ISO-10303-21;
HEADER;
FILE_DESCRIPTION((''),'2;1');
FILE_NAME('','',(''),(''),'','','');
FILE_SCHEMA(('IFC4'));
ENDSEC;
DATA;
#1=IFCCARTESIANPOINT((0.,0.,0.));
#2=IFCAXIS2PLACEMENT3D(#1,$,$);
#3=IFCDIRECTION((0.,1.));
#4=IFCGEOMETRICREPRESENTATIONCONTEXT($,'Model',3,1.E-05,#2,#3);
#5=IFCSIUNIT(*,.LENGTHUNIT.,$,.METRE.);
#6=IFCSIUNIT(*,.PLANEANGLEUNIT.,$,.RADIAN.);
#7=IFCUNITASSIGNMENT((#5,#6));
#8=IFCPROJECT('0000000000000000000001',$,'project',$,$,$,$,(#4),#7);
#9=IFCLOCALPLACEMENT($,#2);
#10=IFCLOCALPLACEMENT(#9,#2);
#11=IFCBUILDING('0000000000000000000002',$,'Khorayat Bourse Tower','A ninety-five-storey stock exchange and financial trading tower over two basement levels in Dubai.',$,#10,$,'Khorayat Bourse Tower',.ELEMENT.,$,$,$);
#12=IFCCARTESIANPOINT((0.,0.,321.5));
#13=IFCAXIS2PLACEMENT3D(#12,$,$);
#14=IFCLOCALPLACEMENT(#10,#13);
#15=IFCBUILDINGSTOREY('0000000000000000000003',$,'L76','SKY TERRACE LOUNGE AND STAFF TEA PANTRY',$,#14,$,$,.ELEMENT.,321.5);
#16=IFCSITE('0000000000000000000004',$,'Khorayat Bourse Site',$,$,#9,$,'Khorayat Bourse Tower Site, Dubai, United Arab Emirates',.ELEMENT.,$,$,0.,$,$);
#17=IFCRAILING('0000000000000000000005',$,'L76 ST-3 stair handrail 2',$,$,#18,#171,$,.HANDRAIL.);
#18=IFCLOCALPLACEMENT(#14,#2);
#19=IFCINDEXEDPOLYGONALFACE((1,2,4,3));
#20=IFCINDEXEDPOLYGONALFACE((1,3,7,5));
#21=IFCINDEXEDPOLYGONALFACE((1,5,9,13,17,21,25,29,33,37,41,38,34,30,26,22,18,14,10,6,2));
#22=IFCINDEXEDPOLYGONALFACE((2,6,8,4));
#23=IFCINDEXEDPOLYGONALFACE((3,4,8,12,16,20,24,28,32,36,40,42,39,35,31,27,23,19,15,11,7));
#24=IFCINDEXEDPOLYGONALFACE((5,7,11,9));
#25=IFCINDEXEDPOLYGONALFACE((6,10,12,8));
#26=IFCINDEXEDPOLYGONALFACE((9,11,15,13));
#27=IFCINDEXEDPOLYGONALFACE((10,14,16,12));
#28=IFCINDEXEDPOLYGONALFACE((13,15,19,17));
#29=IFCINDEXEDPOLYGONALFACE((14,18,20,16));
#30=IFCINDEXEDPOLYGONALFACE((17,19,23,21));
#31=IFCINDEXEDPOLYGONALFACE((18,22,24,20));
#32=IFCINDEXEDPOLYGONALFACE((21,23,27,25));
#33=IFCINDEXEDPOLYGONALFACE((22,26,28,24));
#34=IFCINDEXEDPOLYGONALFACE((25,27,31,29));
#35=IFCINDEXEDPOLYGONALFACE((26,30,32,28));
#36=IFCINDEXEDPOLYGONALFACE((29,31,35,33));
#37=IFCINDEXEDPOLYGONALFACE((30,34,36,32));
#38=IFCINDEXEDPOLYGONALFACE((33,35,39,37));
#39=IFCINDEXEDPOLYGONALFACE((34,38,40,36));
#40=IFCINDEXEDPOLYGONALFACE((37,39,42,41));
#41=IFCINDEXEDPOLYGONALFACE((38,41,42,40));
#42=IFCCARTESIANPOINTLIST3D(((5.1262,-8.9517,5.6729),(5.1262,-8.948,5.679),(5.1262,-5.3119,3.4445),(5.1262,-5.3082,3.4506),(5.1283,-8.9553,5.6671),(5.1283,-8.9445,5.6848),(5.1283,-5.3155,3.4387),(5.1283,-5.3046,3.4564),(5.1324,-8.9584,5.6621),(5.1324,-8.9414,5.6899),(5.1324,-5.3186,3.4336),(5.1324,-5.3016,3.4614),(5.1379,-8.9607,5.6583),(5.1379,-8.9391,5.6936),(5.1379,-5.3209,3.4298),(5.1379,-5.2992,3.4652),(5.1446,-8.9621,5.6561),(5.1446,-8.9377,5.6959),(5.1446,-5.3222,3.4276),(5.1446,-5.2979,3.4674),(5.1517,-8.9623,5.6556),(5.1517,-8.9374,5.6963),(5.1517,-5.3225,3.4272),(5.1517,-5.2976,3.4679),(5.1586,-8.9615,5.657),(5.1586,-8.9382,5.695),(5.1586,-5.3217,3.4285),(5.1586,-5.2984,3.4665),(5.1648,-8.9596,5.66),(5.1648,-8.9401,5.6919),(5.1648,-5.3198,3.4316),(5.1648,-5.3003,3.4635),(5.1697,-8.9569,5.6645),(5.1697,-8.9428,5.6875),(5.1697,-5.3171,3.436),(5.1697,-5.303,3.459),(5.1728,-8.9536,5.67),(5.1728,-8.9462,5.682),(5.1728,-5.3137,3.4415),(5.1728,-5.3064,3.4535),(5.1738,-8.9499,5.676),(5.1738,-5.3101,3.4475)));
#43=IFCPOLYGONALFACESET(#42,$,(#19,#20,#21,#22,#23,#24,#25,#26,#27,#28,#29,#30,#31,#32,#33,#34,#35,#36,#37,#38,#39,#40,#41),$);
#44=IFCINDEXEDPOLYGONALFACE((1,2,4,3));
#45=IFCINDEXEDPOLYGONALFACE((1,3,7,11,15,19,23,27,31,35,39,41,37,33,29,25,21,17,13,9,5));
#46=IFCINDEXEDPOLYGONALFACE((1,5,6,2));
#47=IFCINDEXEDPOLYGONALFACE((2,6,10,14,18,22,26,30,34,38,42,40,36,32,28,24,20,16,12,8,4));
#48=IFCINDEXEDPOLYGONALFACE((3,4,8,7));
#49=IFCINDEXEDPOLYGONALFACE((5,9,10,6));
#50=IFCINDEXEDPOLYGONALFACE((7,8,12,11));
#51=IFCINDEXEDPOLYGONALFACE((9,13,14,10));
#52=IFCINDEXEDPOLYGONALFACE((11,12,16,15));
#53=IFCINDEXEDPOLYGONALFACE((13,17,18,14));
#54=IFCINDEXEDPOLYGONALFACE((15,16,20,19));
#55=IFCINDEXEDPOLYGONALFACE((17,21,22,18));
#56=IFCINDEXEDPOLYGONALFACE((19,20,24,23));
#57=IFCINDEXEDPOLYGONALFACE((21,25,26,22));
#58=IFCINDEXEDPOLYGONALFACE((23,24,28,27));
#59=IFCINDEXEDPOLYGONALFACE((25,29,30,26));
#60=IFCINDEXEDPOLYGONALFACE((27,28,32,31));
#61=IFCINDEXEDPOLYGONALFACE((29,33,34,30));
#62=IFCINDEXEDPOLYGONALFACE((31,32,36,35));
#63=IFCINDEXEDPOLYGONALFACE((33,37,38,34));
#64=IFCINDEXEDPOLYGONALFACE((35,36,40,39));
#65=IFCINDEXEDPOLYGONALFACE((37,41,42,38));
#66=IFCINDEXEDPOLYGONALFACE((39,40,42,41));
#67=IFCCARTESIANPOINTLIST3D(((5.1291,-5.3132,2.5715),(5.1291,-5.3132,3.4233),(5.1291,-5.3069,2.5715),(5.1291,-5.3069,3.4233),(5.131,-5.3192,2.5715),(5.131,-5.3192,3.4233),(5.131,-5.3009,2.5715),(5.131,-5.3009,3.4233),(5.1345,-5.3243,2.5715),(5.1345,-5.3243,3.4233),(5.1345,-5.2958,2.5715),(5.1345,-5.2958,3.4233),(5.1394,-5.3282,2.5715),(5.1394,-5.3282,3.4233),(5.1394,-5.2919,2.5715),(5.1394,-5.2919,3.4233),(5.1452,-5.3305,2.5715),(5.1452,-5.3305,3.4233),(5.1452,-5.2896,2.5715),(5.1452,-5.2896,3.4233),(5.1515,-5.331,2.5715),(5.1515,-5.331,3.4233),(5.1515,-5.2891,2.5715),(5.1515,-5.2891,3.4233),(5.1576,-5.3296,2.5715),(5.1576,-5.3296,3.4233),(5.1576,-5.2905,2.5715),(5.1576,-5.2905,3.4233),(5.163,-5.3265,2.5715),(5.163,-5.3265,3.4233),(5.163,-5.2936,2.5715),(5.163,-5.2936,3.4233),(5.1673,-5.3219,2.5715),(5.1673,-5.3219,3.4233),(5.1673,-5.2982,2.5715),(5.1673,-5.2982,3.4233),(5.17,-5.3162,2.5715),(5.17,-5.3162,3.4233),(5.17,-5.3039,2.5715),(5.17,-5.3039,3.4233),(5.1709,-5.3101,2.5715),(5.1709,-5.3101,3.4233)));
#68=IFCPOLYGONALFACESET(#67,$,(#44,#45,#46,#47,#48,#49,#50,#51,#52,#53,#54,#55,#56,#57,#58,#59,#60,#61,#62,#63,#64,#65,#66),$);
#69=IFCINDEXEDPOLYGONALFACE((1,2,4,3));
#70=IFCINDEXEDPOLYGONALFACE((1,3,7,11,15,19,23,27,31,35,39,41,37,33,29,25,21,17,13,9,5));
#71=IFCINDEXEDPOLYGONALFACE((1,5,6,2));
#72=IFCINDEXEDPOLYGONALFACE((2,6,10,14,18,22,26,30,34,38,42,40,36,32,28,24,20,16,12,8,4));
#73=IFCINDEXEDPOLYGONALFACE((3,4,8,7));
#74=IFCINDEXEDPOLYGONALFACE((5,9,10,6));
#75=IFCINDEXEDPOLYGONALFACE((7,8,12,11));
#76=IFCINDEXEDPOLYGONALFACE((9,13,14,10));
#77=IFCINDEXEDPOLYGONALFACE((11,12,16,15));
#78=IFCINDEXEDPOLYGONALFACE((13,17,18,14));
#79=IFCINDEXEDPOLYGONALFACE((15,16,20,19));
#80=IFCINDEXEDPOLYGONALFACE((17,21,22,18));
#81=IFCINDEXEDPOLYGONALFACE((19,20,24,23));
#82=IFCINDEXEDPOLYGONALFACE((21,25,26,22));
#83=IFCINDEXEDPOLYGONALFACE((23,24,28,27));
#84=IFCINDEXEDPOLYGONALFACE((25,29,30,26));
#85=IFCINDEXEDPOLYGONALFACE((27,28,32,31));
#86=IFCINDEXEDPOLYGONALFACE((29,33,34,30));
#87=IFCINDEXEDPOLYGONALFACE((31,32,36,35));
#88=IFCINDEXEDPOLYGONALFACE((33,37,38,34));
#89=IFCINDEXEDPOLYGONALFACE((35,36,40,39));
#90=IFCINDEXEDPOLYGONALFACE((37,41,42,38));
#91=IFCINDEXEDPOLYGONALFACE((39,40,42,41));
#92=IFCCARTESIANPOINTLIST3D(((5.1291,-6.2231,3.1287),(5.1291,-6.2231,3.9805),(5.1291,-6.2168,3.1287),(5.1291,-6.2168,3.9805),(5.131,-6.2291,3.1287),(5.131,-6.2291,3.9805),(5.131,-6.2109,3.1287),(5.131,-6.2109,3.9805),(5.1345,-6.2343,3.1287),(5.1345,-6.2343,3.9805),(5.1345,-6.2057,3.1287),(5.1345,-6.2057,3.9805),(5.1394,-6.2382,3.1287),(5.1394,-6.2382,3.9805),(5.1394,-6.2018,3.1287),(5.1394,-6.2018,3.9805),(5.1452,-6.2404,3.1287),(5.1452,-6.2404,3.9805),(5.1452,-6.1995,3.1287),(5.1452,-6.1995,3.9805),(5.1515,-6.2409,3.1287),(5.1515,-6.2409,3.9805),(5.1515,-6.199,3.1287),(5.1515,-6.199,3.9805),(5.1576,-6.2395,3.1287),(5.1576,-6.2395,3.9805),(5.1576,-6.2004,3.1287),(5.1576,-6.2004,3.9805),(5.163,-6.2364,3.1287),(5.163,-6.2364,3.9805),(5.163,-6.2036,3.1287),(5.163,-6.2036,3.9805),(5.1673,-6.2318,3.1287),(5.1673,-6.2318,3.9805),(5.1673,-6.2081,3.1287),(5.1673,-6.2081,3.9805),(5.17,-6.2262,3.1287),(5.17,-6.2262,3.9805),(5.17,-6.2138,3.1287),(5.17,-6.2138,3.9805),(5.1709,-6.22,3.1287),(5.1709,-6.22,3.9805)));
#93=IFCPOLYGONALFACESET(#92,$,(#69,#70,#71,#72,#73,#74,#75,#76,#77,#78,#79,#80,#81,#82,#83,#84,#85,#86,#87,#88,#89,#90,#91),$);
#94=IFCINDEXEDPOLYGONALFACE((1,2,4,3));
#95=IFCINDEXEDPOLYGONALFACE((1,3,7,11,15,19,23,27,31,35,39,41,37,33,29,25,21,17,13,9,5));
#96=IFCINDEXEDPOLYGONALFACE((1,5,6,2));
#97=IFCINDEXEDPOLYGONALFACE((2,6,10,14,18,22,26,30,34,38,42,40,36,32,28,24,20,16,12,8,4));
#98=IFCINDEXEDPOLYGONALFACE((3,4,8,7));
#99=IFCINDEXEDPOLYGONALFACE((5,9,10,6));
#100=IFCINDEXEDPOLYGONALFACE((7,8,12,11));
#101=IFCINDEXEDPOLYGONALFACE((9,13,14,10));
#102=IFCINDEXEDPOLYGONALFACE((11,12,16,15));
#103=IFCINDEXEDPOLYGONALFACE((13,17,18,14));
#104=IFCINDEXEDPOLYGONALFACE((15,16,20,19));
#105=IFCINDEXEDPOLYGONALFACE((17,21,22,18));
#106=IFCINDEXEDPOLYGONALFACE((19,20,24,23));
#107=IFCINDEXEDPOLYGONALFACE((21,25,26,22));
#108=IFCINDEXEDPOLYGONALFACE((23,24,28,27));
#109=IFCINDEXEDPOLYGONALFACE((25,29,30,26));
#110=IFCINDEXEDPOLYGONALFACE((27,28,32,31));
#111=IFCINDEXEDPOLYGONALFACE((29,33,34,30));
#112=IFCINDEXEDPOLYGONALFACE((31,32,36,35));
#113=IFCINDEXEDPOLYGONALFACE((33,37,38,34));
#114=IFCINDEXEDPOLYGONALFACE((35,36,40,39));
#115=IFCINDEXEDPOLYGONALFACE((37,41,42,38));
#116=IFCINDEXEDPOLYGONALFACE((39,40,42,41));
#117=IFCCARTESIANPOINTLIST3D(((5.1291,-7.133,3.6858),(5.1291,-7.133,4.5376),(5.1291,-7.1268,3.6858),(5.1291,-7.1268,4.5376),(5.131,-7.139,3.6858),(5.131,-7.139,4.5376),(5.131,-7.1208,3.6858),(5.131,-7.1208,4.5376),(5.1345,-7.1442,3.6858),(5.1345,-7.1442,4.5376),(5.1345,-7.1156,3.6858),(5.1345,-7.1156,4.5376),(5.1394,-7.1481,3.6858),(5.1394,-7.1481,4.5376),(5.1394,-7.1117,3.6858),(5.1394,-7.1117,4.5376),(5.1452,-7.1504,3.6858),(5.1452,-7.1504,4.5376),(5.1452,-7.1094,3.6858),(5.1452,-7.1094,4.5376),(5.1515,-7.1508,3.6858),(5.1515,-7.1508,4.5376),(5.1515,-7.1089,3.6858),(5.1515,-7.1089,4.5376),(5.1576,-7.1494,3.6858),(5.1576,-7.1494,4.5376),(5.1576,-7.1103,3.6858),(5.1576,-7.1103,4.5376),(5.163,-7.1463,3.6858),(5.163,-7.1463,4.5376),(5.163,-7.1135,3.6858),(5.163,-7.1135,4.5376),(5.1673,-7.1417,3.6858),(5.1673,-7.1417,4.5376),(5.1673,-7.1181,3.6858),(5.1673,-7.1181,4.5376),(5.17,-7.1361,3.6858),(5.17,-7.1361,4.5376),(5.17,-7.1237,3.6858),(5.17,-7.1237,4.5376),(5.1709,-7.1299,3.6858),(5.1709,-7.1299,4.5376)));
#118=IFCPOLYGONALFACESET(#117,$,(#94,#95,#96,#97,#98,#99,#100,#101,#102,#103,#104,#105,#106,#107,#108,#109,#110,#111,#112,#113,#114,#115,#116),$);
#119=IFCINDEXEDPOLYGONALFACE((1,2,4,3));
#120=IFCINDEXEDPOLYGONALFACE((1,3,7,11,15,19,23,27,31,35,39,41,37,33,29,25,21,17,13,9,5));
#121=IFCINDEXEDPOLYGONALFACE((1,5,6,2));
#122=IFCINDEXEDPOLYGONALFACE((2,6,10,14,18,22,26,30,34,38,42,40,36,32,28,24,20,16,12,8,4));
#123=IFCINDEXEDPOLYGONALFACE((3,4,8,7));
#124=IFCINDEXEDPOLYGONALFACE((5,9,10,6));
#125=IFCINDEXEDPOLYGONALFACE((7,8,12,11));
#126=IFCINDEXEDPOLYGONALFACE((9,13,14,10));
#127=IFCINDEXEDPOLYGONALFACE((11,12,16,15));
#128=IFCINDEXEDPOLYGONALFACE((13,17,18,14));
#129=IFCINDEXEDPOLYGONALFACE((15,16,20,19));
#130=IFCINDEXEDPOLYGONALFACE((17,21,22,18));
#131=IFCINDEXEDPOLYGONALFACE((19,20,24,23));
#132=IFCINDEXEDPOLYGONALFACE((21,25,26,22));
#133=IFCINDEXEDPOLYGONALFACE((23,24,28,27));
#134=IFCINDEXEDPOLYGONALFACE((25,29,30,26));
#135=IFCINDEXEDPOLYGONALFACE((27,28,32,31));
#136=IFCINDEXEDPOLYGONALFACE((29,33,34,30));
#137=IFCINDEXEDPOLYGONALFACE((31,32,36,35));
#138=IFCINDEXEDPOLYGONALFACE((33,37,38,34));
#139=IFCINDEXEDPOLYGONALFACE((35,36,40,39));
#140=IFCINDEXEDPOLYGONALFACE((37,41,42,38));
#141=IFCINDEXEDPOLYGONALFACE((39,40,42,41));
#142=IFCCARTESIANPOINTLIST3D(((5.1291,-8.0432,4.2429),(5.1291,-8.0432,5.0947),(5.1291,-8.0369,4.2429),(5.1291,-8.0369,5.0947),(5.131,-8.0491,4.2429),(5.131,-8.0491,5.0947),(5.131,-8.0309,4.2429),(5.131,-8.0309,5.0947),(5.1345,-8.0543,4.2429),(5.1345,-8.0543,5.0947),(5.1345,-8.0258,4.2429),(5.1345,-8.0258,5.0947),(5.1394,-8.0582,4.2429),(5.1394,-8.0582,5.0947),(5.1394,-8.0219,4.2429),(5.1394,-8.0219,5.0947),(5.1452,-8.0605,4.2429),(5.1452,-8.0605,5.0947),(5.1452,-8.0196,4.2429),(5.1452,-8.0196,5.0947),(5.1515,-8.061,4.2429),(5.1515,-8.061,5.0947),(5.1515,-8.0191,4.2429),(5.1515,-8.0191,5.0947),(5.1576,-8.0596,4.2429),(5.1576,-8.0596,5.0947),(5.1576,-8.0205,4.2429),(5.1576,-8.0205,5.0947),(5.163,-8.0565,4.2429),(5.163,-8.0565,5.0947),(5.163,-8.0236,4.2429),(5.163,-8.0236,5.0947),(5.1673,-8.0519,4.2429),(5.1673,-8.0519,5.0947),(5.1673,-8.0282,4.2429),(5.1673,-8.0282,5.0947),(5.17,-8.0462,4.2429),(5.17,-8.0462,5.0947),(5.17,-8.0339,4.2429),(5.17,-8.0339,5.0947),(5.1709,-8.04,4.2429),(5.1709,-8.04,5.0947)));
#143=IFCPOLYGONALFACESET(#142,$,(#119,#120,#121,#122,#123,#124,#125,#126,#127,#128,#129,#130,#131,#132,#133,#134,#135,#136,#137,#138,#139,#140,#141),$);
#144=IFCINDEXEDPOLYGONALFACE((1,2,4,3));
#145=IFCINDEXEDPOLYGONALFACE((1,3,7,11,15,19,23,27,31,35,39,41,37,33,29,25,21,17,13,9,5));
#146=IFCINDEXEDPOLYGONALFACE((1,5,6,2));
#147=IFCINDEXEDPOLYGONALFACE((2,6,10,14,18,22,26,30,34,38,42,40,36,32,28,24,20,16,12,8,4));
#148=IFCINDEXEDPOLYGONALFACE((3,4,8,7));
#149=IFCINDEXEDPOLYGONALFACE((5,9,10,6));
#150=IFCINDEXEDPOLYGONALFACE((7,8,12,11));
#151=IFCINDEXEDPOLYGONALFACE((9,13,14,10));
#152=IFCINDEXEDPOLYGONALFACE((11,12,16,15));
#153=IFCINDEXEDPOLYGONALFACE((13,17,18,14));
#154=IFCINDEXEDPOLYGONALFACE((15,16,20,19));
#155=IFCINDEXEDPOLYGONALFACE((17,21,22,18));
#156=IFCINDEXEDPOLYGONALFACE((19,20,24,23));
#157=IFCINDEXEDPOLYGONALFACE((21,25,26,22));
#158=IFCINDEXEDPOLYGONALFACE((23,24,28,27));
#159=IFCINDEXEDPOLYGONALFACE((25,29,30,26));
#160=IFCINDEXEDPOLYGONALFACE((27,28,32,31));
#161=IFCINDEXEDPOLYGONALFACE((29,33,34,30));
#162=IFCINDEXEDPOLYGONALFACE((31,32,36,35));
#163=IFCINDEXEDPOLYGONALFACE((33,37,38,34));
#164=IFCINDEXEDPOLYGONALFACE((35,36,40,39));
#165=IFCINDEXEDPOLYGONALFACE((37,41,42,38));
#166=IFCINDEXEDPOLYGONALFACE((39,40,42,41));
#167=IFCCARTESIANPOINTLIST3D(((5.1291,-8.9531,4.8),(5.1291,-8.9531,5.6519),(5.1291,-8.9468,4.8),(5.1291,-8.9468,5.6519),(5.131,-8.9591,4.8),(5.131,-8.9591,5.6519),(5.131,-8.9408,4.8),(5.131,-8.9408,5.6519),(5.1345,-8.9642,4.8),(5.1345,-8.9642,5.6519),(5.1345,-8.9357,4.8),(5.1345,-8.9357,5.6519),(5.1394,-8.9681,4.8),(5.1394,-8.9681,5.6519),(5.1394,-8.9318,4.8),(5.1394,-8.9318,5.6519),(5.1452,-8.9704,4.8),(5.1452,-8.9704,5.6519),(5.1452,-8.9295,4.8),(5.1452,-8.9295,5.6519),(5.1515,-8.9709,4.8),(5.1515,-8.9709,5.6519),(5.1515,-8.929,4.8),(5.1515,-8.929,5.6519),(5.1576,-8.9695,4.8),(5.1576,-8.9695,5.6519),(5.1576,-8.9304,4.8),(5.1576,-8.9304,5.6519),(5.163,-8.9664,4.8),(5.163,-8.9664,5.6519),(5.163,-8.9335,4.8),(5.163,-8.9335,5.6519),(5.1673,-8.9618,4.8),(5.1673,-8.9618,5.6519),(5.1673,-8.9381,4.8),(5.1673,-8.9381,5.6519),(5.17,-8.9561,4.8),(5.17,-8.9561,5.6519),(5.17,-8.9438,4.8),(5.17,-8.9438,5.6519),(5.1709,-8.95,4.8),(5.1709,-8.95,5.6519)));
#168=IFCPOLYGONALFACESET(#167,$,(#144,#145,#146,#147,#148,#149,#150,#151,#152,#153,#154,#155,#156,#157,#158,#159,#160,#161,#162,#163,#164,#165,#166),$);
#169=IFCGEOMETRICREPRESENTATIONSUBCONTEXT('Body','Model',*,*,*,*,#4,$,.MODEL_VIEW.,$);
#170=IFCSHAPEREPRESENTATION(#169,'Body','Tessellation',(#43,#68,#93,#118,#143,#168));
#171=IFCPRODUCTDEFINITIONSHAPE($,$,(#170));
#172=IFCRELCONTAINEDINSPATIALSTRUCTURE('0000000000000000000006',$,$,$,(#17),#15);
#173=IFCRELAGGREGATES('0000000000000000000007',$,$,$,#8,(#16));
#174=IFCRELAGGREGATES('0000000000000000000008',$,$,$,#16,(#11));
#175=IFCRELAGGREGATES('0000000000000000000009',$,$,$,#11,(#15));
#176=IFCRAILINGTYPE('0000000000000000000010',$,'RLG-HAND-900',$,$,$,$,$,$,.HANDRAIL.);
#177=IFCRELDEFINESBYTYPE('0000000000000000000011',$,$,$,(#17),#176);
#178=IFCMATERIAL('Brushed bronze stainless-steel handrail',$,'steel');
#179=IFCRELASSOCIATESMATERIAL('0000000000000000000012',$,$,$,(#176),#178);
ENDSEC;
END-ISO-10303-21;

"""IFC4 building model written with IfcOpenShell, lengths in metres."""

from ifc_helpers import new_model, si_unit, direction, frame, origin, origin_2d, place, context, subcontext, project, spatial, circle, extrude, source, transform, mapped, material, type_object, element, save


model = new_model("IFC4")

# Units and contexts
model_context = context("Model", 3, precision=1e-05, world=origin(), true_north=direction((0.0, 1.0)))
body_context = subcontext(model_context, "Body", "Model", "MODEL_VIEW")
ifc_project = project(units=[si_unit("LENGTHUNIT", "METRE"), si_unit("PLANEANGLEUNIT", "RADIAN")], contexts=[model_context])

# Site, building, storey
site_placement = place(None, origin())
site = spatial("IfcSite", under=ifc_project, at=site_placement, Name="Khorayat Bourse Site", LongName="Khorayat Bourse Tower Site, Dubai, United Arab Emirates", CompositionType="ELEMENT", RefElevation=0.0)
building_placement = place(site_placement, origin())
building = spatial("IfcBuilding", under=site, at=building_placement, Name="Khorayat Bourse Tower", Description="A ninety-five-storey stock exchange and financial trading tower over two basement levels in Dubai.", LongName="Khorayat Bourse Tower", CompositionType="ELEMENT")
storey_placement = place(building_placement, frame((0.0, 0.0, 321.5)))
storey = spatial("IfcBuildingStorey", under=building, at=storey_placement, Name="L76", Description="SKY TERRACE LOUNGE AND STAFF TEA PANTRY", CompositionType="ELEMENT", Elevation=321.5)

# Railing
ifc_material_1 = material(Name="Brushed bronze stainless-steel handrail", Category="steel")
railing_type = type_object("IfcRailingType", Name="RLG-HAND-900", PredefinedType="HANDRAIL", material=ifc_material_1)
shared_shape_1 = source(origin(), body_context, "Body", "SweptSolid", [
    extrude(circle(Radius=0.0239, at=origin_2d()), frame((0.0, 0.0, 0.876), z_axis=(0.0, -0.85285, 0.522156), x_axis=(1.0, 0.0, 0.0)), (0.0, 0.0, 1.0), 4.2678),
    extrude(circle(Radius=0.021, at=origin_2d()), origin(), (0.0, 0.0, 1.0), 0.8518),
    extrude(circle(Radius=0.021, at=origin_2d()), frame((0.0, -0.9099, 0.5571)), (0.0, 0.0, 1.0), 0.8518),
    extrude(circle(Radius=0.021, at=origin_2d()), frame((0.0, -1.8198, 1.1143)), (0.0, 0.0, 1.0), 0.8518),
    extrude(circle(Radius=0.021, at=origin_2d()), frame((0.0, -2.73, 1.6714)), (0.0, 0.0, 1.0), 0.8518),
    extrude(circle(Radius=0.021, at=origin_2d()), frame((0.0, -3.6399, 2.2285)), (0.0, 0.0, 1.0), 0.8518),
])
railing_placement = place(storey_placement, frame((5.1499, -5.3101, 2.5715)))
element("IfcRailing", 1, at=railing_placement, inside=storey, type_object=railing_type, Name="L76 ST-3 stair handrail 2", PredefinedType="HANDRAIL", context=body_context, shape_type="MappedRepresentation", body=[
    mapped(shared_shape_1, transform((0.0, 0.0, 0.0), scale=1.0)),
])

save(model, "model.ifc")
